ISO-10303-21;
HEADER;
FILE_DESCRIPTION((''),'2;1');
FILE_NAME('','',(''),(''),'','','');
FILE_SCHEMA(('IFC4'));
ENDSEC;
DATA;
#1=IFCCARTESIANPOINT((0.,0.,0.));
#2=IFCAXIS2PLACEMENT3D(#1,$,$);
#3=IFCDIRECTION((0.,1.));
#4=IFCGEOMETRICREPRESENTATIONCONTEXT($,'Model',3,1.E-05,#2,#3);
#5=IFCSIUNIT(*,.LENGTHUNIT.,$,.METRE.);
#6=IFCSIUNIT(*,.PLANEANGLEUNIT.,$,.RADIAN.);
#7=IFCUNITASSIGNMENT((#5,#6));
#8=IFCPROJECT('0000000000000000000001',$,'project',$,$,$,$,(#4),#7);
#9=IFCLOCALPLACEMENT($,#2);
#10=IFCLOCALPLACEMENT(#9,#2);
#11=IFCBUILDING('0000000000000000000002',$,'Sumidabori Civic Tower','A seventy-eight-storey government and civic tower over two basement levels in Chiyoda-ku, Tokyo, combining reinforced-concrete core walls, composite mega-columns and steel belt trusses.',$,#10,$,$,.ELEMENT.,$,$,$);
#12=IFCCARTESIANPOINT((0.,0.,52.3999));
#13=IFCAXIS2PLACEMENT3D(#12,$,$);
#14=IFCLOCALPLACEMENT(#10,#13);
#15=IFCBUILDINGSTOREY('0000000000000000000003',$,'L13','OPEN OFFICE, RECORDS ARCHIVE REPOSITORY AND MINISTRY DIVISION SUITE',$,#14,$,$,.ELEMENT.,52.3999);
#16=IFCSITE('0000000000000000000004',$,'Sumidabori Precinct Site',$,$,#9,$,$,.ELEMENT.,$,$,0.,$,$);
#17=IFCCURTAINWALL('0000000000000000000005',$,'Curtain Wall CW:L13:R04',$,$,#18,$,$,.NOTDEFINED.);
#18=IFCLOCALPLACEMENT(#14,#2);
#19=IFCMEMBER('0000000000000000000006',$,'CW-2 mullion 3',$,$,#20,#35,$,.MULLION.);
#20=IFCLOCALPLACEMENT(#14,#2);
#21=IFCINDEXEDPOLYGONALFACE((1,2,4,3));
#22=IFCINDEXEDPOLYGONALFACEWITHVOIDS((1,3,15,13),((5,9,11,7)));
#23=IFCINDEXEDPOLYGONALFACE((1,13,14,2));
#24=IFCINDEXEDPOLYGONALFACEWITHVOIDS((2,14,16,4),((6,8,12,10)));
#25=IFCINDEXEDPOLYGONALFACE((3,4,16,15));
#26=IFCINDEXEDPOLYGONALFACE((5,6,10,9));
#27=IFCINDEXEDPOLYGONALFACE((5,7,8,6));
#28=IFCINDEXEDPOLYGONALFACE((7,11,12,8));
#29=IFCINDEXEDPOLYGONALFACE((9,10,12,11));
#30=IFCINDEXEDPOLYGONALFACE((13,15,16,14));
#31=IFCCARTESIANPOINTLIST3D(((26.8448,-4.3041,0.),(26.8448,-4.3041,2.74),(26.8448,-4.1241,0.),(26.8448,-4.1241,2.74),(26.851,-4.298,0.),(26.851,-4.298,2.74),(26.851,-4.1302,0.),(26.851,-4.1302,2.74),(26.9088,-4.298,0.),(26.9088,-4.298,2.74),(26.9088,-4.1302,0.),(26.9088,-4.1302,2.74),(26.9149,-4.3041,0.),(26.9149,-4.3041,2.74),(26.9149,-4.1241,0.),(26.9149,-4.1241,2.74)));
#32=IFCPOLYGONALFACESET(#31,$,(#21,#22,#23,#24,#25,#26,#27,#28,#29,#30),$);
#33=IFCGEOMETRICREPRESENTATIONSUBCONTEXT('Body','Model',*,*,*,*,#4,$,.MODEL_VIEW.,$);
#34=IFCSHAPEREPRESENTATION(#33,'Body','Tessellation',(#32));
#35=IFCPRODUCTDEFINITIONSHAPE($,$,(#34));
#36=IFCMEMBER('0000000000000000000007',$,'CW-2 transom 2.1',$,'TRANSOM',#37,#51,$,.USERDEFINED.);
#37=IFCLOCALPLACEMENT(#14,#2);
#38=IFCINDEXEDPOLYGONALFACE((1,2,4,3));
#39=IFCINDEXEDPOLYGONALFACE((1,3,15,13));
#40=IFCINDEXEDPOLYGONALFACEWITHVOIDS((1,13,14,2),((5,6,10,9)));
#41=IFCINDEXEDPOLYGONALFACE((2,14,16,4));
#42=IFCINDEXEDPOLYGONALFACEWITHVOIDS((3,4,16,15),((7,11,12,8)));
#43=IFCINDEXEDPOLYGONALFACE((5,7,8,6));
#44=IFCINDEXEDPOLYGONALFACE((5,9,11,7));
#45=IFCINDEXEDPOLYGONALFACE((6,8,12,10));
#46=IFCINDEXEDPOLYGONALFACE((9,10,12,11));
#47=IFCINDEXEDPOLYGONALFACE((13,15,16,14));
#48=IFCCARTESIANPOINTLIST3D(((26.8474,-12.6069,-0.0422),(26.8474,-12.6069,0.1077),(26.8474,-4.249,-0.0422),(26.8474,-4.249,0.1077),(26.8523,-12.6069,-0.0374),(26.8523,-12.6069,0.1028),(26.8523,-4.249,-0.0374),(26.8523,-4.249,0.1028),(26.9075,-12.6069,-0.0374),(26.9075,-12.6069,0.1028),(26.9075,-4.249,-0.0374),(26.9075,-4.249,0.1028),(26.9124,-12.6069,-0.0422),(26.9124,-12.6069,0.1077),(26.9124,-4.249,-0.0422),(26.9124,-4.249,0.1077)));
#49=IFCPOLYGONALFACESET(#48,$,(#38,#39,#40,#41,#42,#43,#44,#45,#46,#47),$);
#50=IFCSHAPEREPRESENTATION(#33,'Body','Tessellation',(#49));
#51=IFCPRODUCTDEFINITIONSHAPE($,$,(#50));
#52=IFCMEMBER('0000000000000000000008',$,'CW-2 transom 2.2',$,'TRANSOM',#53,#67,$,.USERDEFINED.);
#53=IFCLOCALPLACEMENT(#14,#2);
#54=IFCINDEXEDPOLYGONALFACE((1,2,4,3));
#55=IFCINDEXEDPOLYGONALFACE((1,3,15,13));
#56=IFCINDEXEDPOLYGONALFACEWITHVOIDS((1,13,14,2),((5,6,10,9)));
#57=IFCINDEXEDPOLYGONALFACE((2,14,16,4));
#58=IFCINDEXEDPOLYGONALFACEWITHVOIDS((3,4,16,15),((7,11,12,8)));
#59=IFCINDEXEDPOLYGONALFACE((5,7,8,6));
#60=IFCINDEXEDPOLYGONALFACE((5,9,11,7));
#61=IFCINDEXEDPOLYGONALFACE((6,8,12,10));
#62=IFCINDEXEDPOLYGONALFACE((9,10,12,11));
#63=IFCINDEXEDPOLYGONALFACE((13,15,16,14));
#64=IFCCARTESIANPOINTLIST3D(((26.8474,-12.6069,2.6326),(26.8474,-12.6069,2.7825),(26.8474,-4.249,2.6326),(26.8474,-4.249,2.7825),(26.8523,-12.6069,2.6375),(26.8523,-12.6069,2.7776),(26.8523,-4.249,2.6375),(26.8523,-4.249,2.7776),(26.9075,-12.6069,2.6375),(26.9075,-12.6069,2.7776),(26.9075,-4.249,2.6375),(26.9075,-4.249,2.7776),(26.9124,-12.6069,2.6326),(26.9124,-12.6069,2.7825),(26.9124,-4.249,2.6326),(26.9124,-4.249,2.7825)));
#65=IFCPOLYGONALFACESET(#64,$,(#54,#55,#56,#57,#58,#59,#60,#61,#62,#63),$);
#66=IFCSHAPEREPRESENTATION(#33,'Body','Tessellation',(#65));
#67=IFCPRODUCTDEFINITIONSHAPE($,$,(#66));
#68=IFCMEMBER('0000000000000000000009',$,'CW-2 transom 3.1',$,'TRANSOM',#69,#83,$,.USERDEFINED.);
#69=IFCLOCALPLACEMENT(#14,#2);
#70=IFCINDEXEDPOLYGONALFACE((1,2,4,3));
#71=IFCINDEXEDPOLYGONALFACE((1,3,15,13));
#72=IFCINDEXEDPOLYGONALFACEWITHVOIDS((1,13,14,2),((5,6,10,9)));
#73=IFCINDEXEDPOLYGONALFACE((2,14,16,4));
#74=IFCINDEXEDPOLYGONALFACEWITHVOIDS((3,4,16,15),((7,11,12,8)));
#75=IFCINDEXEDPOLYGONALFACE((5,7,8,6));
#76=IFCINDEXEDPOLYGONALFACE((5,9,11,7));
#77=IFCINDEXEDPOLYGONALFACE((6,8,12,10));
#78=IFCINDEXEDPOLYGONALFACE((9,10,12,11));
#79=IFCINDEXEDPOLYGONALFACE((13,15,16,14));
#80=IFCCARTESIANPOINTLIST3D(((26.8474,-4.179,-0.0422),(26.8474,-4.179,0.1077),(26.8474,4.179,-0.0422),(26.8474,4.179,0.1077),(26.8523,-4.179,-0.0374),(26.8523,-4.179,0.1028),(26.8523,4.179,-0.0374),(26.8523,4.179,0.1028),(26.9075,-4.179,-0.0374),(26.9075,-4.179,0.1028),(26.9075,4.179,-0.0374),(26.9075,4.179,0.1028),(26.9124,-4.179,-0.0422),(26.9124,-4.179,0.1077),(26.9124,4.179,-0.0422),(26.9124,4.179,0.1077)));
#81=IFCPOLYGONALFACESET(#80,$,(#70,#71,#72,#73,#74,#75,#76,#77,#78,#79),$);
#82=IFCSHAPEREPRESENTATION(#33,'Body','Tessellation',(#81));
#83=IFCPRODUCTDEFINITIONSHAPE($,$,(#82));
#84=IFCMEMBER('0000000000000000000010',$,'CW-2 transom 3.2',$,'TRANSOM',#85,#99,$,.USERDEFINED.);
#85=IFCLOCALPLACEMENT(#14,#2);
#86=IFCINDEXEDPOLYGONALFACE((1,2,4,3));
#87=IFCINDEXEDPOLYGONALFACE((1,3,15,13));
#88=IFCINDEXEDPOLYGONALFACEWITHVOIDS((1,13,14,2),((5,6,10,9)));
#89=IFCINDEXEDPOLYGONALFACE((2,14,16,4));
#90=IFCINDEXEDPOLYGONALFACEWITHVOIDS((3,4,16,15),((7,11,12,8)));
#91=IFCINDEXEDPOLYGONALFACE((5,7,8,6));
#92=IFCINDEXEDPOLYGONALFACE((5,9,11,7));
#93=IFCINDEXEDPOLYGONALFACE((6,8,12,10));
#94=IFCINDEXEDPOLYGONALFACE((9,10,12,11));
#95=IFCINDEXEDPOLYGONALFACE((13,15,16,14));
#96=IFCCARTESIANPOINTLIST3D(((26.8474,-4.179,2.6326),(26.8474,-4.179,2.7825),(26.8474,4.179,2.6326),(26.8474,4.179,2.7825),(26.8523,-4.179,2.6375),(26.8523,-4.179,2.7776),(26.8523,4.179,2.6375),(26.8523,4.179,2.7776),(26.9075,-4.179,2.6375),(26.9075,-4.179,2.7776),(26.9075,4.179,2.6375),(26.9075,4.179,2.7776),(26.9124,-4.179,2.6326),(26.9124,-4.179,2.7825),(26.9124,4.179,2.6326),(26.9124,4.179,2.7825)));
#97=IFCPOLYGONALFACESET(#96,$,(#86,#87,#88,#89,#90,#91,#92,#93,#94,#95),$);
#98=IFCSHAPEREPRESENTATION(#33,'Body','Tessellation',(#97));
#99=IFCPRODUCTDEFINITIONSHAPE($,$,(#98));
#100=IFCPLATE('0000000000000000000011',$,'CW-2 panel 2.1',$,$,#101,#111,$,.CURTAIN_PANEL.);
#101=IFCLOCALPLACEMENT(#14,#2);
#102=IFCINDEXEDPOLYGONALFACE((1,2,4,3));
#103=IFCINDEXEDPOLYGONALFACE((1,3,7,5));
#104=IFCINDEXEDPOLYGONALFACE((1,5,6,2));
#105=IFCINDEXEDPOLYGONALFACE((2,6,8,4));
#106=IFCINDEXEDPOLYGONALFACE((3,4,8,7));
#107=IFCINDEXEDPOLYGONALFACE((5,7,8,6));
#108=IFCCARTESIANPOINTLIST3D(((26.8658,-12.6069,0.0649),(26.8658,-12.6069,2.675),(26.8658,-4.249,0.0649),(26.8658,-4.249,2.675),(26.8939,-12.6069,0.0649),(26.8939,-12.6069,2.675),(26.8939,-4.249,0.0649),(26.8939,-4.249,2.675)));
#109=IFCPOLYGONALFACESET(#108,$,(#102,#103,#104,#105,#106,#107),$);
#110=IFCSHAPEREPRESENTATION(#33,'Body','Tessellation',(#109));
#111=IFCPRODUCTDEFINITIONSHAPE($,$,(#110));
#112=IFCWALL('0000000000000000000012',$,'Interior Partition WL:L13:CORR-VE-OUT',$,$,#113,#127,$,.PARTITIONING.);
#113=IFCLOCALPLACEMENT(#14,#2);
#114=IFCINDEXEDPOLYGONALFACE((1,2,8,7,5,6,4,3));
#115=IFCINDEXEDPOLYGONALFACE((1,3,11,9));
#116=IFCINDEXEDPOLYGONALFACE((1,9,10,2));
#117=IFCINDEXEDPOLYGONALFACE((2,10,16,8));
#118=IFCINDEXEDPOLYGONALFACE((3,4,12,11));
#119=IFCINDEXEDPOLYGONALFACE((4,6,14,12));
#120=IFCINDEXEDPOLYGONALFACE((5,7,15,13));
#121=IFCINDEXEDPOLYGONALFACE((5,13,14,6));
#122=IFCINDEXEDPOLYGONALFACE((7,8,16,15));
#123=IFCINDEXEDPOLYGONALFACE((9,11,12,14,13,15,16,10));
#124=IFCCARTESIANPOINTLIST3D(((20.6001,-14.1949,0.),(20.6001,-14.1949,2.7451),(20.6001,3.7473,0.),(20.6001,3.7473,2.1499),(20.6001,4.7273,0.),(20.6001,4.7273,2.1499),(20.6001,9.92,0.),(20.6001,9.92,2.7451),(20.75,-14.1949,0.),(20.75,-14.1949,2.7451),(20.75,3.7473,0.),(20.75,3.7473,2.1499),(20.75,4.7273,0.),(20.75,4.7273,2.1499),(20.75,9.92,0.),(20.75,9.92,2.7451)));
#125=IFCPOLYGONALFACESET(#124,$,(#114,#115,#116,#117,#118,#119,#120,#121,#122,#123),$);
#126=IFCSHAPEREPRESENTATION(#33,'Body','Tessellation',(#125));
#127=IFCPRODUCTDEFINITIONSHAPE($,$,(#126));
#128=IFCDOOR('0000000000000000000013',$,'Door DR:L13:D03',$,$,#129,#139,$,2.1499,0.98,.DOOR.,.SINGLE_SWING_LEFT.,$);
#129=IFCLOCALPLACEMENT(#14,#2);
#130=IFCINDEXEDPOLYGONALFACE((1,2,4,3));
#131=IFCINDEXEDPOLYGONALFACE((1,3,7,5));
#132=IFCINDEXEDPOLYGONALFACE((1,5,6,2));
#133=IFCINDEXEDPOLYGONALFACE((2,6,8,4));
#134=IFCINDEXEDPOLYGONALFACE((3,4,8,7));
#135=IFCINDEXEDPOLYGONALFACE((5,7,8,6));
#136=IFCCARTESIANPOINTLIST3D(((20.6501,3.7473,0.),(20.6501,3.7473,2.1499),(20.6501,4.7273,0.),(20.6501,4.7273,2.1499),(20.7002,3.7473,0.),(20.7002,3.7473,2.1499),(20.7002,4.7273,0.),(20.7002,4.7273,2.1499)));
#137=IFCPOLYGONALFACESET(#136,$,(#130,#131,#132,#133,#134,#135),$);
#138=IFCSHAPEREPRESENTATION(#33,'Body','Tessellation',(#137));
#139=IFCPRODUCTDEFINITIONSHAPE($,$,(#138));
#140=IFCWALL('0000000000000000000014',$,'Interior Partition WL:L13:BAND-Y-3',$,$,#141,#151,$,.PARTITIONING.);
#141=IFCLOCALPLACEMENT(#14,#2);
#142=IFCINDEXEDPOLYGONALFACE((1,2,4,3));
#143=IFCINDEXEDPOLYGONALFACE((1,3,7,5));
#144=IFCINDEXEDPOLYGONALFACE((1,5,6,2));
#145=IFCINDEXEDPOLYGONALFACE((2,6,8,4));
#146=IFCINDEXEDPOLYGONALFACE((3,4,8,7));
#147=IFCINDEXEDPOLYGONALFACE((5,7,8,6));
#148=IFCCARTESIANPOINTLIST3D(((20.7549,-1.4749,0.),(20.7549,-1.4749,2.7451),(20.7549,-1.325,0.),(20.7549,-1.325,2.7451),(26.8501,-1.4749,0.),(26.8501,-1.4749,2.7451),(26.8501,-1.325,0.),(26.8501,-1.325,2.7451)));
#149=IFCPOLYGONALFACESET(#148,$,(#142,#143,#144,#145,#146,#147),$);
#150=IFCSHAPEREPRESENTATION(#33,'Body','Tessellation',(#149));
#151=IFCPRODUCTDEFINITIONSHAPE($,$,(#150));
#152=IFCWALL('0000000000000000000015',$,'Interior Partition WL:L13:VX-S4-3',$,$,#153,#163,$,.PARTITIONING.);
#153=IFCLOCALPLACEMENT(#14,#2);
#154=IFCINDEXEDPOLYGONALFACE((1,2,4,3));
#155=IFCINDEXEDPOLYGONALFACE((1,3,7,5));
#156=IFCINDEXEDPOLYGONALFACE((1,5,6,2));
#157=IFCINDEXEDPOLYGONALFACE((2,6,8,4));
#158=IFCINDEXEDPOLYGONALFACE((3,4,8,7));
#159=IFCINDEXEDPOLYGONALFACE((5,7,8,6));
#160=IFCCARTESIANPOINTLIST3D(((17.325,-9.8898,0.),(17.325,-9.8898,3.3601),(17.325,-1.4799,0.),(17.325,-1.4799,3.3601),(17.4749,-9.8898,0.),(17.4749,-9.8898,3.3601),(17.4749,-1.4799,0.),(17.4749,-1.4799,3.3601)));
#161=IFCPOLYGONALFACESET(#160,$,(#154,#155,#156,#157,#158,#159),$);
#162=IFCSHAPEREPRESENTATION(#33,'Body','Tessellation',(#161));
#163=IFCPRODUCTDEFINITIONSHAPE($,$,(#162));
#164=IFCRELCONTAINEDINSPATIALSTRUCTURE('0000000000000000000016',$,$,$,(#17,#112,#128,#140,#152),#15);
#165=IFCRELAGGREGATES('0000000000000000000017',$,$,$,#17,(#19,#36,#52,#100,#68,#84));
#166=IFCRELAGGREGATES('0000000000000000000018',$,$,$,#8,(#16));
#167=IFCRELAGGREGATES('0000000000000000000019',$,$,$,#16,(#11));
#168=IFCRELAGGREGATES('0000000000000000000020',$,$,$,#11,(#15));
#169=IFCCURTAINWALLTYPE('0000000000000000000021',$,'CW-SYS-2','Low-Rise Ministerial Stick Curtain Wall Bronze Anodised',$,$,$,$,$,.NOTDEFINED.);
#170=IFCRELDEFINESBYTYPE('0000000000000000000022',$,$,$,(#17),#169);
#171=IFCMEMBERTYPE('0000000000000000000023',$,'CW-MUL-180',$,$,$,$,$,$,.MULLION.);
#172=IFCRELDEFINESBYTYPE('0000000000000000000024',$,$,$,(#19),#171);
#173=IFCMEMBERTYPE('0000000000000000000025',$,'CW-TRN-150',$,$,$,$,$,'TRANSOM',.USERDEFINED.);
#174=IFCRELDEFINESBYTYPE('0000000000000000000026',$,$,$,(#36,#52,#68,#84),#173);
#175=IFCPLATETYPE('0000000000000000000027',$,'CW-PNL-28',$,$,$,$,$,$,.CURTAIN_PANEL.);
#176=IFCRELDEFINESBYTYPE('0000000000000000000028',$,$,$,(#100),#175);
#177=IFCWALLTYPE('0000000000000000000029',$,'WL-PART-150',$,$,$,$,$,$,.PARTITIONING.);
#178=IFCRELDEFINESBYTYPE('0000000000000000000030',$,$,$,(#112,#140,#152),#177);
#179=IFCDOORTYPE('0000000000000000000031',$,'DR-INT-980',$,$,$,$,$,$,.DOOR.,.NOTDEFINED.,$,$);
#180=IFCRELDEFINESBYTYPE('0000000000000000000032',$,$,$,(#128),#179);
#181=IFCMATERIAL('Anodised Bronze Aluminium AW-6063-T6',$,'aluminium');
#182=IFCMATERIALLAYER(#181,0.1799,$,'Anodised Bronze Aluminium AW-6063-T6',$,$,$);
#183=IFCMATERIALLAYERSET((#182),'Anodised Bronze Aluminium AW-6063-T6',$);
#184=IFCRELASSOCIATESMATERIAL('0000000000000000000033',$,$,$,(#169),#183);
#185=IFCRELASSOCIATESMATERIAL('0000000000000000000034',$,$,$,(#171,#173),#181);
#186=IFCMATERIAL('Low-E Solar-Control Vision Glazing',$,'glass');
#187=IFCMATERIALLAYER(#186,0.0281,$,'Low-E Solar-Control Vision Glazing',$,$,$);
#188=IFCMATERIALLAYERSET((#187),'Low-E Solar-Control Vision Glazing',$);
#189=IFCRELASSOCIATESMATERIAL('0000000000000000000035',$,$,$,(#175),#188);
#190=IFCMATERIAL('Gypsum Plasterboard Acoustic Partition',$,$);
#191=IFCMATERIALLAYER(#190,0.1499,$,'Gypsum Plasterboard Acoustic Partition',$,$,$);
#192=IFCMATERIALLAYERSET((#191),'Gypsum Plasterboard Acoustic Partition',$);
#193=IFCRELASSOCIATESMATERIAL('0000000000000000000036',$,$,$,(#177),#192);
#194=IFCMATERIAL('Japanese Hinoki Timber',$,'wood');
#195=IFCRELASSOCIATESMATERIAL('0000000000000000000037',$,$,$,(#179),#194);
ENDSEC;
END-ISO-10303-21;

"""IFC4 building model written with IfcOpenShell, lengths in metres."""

from ifc_helpers import new_model, si_unit, direction, frame, frame_2d, origin, origin_2d, place, context, subcontext, project, spatial, rectangle, hollow_rectangle, extrude, source, transform, mapped, material, layer, layer_set, material_profile, profile_set, type_object, element, fill, aggregate, save


model = new_model("IFC4")

# Units and contexts
model_context = context("Model", 3, precision=1e-05, world=origin(), true_north=direction((0.0, 1.0)))
body_context = subcontext(model_context, "Body", "Model", "MODEL_VIEW")
ifc_project = project(units=[si_unit("LENGTHUNIT", "METRE"), si_unit("PLANEANGLEUNIT", "RADIAN")], contexts=[model_context])

# Site, building, storey
site_placement = place(None, origin())
site = spatial("IfcSite", under=ifc_project, at=site_placement, Name="Sumidabori Precinct Site", CompositionType="ELEMENT", RefElevation=0.0)
building_placement = place(site_placement, origin())
building = spatial("IfcBuilding", under=site, at=building_placement, Name="Sumidabori Civic Tower", Description="A seventy-eight-storey government and civic tower over two basement levels in Chiyoda-ku, Tokyo, combining reinforced-concrete core walls, composite mega-columns and steel belt trusses.", CompositionType="ELEMENT")
storey_placement = place(building_placement, frame((0.0, 0.0, 52.3999)))
storey = spatial("IfcBuildingStorey", under=building, at=storey_placement, Name="L13", Description="OPEN OFFICE, RECORDS ARCHIVE REPOSITORY AND MINISTRY DIVISION SUITE", CompositionType="ELEMENT", Elevation=52.3999)

# Curtain wall, members, plate
ifc_material_1 = material(Name="Anodised Bronze Aluminium AW-6063-T6", Category="aluminium")
ifc_layer_1 = layer(ifc_material_1, 0.1799, Name="Anodised Bronze Aluminium AW-6063-T6")
ifc_layer_set_1 = layer_set([ifc_layer_1], Name="Anodised Bronze Aluminium AW-6063-T6")
curtain_wall_type = type_object("IfcCurtainWallType", Name="CW-SYS-2", Description="Low-Rise Ministerial Stick Curtain Wall Bronze Anodised", PredefinedType="NOTDEFINED", material=ifc_layer_set_1)
curtain_wall_placement = place(storey_placement, origin())
curtain_wall = element("IfcCurtainWall", 1, at=curtain_wall_placement, inside=storey, type_object=curtain_wall_type, Name="Curtain Wall CW:L13:R04", PredefinedType="NOTDEFINED")
ifc_material_profile_1 = material_profile(ifc_material_1, hollow_rectangle(XDim=0.0701, YDim=0.1799, WallThickness=0.0061, at=origin_2d()), Name="ALU MULLION 180x70")
ifc_profile_set_1 = profile_set([ifc_material_profile_1], Name="Anodised Bronze Aluminium AW-6063-T6")
member_type_1 = type_object("IfcMemberType", Name="CW-MUL-180", PredefinedType="MULLION", material=ifc_profile_set_1)
shared_shape_1 = source(origin(), body_context, "Body", "SweptSolid", [
    extrude(hollow_rectangle(XDim=0.0701, YDim=0.1799, WallThickness=0.0061, at=origin_2d()), origin(), (0.0, 0.0, 1.0), 2.74),
])
member_1_placement = place(storey_placement, frame((26.8799, -4.2141, 0.0), z_axis=(0.0, 0.0, 1.0), x_axis=(-1.0, 0.0, 0.0)))
member_1 = element("IfcMember", 2, at=member_1_placement, type_object=member_type_1, Name="CW-2 mullion 3", PredefinedType="MULLION", context=body_context, shape_type="MappedRepresentation", body=[
    mapped(shared_shape_1, transform((0.0, 0.0, 0.0), x_axis=(1.0, 0.0, 0.0), y_axis=(0.0, 1.0, 0.0), z_axis=(0.0, 0.0, 1.0), scale=1.0)),
])
ifc_material_profile_2 = material_profile(ifc_material_1, hollow_rectangle(XDim=0.0649, YDim=0.1499, WallThickness=0.0049, at=origin_2d()), Name="ALU TRANSOM 150x65")
ifc_profile_set_2 = profile_set([ifc_material_profile_2], Name="Anodised Bronze Aluminium AW-6063-T6")
member_type_2 = type_object("IfcMemberType", Name="CW-TRN-150", ElementType="TRANSOM", PredefinedType="USERDEFINED", material=ifc_profile_set_2)
shared_shape_2 = source(origin(), body_context, "Body", "SweptSolid", [
    extrude(hollow_rectangle(XDim=0.0649, YDim=0.1499, WallThickness=0.0049, at=origin_2d()), origin(), (0.0, 0.0, 1.0), 8.3579),
])
member_2_placement = place(storey_placement, frame((26.8799, -12.6069, 0.0327), z_axis=(0.0, 1.0, 0.0), x_axis=(-1.0, 0.0, 0.0)))
member_2 = element("IfcMember", 3, at=member_2_placement, type_object=member_type_2, Name="CW-2 transom 2.1", ObjectType="TRANSOM", PredefinedType="USERDEFINED", context=body_context, shape_type="MappedRepresentation", body=[
    mapped(shared_shape_2, transform((0.0, 0.0, 0.0), x_axis=(1.0, 0.0, 0.0), y_axis=(0.0, 1.0, 0.0), z_axis=(0.0, 0.0, 1.0), scale=1.0)),
])
member_3_placement = place(storey_placement, frame((26.8799, -12.6069, 2.7075), z_axis=(0.0, 1.0, 0.0), x_axis=(-1.0, 0.0, 0.0)))
member_3 = element("IfcMember", 4, at=member_3_placement, type_object=member_type_2, Name="CW-2 transom 2.2", ObjectType="TRANSOM", PredefinedType="USERDEFINED", context=body_context, shape_type="MappedRepresentation", body=[
    mapped(shared_shape_2, transform((0.0, 0.0, 0.0), x_axis=(1.0, 0.0, 0.0), y_axis=(0.0, 1.0, 0.0), z_axis=(0.0, 0.0, 1.0), scale=1.0)),
])
member_4_placement = place(storey_placement, frame((26.8799, -4.179, 0.0327), z_axis=(0.0, 1.0, 0.0), x_axis=(-1.0, 0.0, 0.0)))
member_4 = element("IfcMember", 5, at=member_4_placement, type_object=member_type_2, Name="CW-2 transom 3.1", ObjectType="TRANSOM", PredefinedType="USERDEFINED", context=body_context, shape_type="MappedRepresentation", body=[
    mapped(shared_shape_2, transform((0.0, 0.0, 0.0), x_axis=(1.0, 0.0, 0.0), y_axis=(0.0, 1.0, 0.0), z_axis=(0.0, 0.0, 1.0), scale=1.0)),
])
member_5_placement = place(storey_placement, frame((26.8799, -4.179, 2.7075), z_axis=(0.0, 1.0, 0.0), x_axis=(-1.0, 0.0, 0.0)))
member_5 = element("IfcMember", 6, at=member_5_placement, type_object=member_type_2, Name="CW-2 transom 3.2", ObjectType="TRANSOM", PredefinedType="USERDEFINED", context=body_context, shape_type="MappedRepresentation", body=[
    mapped(shared_shape_2, transform((0.0, 0.0, 0.0), x_axis=(1.0, 0.0, 0.0), y_axis=(0.0, 1.0, 0.0), z_axis=(0.0, 0.0, 1.0), scale=1.0)),
])
ifc_material_2 = material(Name="Low-E Solar-Control Vision Glazing", Category="glass")
ifc_layer_2 = layer(ifc_material_2, 0.0281, Name="Low-E Solar-Control Vision Glazing")
ifc_layer_set_2 = layer_set([ifc_layer_2], Name="Low-E Solar-Control Vision Glazing")
plate_type = type_object("IfcPlateType", Name="CW-PNL-28", PredefinedType="CURTAIN_PANEL", material=ifc_layer_set_2)
shared_shape_3 = source(origin(), body_context, "Body", "SweptSolid", [
    extrude(rectangle(XDim=8.3579, YDim=0.0281, at=origin_2d()), origin(), (0.0, 0.0, 1.0), 2.6101),
])
plate_placement = place(storey_placement, frame((26.8799, -8.428, 0.0649), z_axis=(0.0, 0.0, 1.0), x_axis=(0.0, 1.0, 0.0)))
plate = element("IfcPlate", 7, at=plate_placement, type_object=plate_type, Name="CW-2 panel 2.1", PredefinedType="CURTAIN_PANEL", context=body_context, shape_type="MappedRepresentation", body=[
    mapped(shared_shape_3, transform((0.0, 0.0, 0.0), x_axis=(1.0, 0.0, 0.0), y_axis=(0.0, 1.0, 0.0), z_axis=(0.0, 0.0, 1.0), scale=1.0)),
])
aggregate(curtain_wall, [member_1, member_2, member_3, plate, member_4, member_5])

# Wall, opening, door
ifc_material_3 = material(Name="Gypsum Plasterboard Acoustic Partition")
ifc_layer_3 = layer(ifc_material_3, 0.1499, Name="Gypsum Plasterboard Acoustic Partition")
ifc_layer_set_3 = layer_set([ifc_layer_3], Name="Gypsum Plasterboard Acoustic Partition")
wall_type = type_object("IfcWallType", Name="WL-PART-150", PredefinedType="PARTITIONING", material=ifc_layer_set_3)
shared_shape_4 = source(origin(), body_context, "Body", "SweptSolid", [
    extrude(rectangle(XDim=24.115, YDim=0.1499, at=frame_2d((12.0576, 0.0))), origin(), (0.0, 0.0, 1.0), 2.7451),
])
wall_1_placement = place(storey_placement, frame((20.675, -14.1951, 0.0), z_axis=(0.0, 0.0, 1.0), x_axis=(0.0, 1.0, 0.0)))
wall_1 = element("IfcWall", 8, at=wall_1_placement, inside=storey, type_object=wall_type, Name="Interior Partition WL:L13:CORR-VE-OUT", PredefinedType="PARTITIONING", context=body_context, shape_type="MappedRepresentation", body=[
    mapped(shared_shape_4, transform((0.0, 0.0, 0.0), x_axis=(1.0, 0.0, 0.0), y_axis=(0.0, 1.0, 0.0), z_axis=(0.0, 0.0, 1.0), scale=1.0)),
])
opening_placement = place(wall_1_placement, frame((17.9424, 0.0, 0.0)))
opening = element("IfcOpeningElement", 9, at=opening_placement, cuts=wall_1, PredefinedType="OPENING", context=body_context, shape_type="SweptSolid", body=[
    extrude(rectangle(XDim=0.98, YDim=2.1499, at=frame_2d((0.49, 1.075))), frame((0.0, 0.0869, 0.0), z_axis=(0.0, -1.0, 0.0), x_axis=(1.0, 0.0, 0.0)), (0.0, 0.0, 1.0), 0.1738),
])
ifc_material_4 = material(Name="Japanese Hinoki Timber", Category="wood")
door_type = type_object("IfcDoorType", Name="DR-INT-980", OperationType="NOTDEFINED", PredefinedType="DOOR", material=ifc_material_4)
shared_shape_5 = source(origin(), body_context, "Body", "SweptSolid", [
    extrude(rectangle(XDim=0.98, YDim=2.1499, at=frame_2d((0.49, 1.075))), frame((0.0, 0.0249, 0.0), z_axis=(0.0, -1.0, 0.0), x_axis=(1.0, 0.0, 0.0)), (0.0, 0.0, 1.0), 0.05),
])
door_placement = place(opening_placement, origin())
door = element("IfcDoor", 10, at=door_placement, inside=storey, type_object=door_type, Name="Door DR:L13:D03", OperationType="SINGLE_SWING_LEFT", OverallHeight=2.1499, OverallWidth=0.98, PredefinedType="DOOR", context=body_context, shape_type="MappedRepresentation", body=[
    mapped(shared_shape_5, transform((0.0, 0.0, 0.0), x_axis=(1.0, 0.0, 0.0), y_axis=(0.0, 1.0, 0.0), z_axis=(0.0, 0.0, 1.0), scale=1.0)),
])
fill(opening, door)

# Walls
shared_shape_6 = source(origin(), body_context, "Body", "SweptSolid", [
    extrude(rectangle(XDim=6.0952, YDim=0.1499, at=frame_2d((3.0476, 0.0))), origin(), (0.0, 0.0, 1.0), 2.7451),
])
wall_2_placement = place(storey_placement, frame((20.7549, -1.3999, 0.0), z_axis=(0.0, 0.0, 1.0), x_axis=(1.0, 0.0, 0.0)))
element("IfcWall", 11, at=wall_2_placement, inside=storey, type_object=wall_type, Name="Interior Partition WL:L13:BAND-Y-3", PredefinedType="PARTITIONING", context=body_context, shape_type="MappedRepresentation", body=[
    mapped(shared_shape_6, transform((0.0, 0.0, 0.0), x_axis=(1.0, 0.0, 0.0), y_axis=(0.0, 1.0, 0.0), z_axis=(0.0, 0.0, 1.0), scale=1.0)),
])
shared_shape_7 = source(origin(), body_context, "Body", "SweptSolid", [
    extrude(rectangle(XDim=8.4099, YDim=0.1499, at=frame_2d((4.2051, 0.0))), origin(), (0.0, 0.0, 1.0), 3.3601),
])
wall_3_placement = place(storey_placement, frame((17.3999, -9.8899, 0.0), z_axis=(0.0, 0.0, 1.0), x_axis=(0.0, 1.0, 0.0)))
element("IfcWall", 12, at=wall_3_placement, inside=storey, type_object=wall_type, Name="Interior Partition WL:L13:VX-S4-3", PredefinedType="PARTITIONING", context=body_context, shape_type="MappedRepresentation", body=[
    mapped(shared_shape_7, transform((0.0, 0.0, 0.0), x_axis=(1.0, 0.0, 0.0), y_axis=(0.0, 1.0, 0.0), z_axis=(0.0, 0.0, 1.0), scale=1.0)),
])

save(model, "model.ifc")
